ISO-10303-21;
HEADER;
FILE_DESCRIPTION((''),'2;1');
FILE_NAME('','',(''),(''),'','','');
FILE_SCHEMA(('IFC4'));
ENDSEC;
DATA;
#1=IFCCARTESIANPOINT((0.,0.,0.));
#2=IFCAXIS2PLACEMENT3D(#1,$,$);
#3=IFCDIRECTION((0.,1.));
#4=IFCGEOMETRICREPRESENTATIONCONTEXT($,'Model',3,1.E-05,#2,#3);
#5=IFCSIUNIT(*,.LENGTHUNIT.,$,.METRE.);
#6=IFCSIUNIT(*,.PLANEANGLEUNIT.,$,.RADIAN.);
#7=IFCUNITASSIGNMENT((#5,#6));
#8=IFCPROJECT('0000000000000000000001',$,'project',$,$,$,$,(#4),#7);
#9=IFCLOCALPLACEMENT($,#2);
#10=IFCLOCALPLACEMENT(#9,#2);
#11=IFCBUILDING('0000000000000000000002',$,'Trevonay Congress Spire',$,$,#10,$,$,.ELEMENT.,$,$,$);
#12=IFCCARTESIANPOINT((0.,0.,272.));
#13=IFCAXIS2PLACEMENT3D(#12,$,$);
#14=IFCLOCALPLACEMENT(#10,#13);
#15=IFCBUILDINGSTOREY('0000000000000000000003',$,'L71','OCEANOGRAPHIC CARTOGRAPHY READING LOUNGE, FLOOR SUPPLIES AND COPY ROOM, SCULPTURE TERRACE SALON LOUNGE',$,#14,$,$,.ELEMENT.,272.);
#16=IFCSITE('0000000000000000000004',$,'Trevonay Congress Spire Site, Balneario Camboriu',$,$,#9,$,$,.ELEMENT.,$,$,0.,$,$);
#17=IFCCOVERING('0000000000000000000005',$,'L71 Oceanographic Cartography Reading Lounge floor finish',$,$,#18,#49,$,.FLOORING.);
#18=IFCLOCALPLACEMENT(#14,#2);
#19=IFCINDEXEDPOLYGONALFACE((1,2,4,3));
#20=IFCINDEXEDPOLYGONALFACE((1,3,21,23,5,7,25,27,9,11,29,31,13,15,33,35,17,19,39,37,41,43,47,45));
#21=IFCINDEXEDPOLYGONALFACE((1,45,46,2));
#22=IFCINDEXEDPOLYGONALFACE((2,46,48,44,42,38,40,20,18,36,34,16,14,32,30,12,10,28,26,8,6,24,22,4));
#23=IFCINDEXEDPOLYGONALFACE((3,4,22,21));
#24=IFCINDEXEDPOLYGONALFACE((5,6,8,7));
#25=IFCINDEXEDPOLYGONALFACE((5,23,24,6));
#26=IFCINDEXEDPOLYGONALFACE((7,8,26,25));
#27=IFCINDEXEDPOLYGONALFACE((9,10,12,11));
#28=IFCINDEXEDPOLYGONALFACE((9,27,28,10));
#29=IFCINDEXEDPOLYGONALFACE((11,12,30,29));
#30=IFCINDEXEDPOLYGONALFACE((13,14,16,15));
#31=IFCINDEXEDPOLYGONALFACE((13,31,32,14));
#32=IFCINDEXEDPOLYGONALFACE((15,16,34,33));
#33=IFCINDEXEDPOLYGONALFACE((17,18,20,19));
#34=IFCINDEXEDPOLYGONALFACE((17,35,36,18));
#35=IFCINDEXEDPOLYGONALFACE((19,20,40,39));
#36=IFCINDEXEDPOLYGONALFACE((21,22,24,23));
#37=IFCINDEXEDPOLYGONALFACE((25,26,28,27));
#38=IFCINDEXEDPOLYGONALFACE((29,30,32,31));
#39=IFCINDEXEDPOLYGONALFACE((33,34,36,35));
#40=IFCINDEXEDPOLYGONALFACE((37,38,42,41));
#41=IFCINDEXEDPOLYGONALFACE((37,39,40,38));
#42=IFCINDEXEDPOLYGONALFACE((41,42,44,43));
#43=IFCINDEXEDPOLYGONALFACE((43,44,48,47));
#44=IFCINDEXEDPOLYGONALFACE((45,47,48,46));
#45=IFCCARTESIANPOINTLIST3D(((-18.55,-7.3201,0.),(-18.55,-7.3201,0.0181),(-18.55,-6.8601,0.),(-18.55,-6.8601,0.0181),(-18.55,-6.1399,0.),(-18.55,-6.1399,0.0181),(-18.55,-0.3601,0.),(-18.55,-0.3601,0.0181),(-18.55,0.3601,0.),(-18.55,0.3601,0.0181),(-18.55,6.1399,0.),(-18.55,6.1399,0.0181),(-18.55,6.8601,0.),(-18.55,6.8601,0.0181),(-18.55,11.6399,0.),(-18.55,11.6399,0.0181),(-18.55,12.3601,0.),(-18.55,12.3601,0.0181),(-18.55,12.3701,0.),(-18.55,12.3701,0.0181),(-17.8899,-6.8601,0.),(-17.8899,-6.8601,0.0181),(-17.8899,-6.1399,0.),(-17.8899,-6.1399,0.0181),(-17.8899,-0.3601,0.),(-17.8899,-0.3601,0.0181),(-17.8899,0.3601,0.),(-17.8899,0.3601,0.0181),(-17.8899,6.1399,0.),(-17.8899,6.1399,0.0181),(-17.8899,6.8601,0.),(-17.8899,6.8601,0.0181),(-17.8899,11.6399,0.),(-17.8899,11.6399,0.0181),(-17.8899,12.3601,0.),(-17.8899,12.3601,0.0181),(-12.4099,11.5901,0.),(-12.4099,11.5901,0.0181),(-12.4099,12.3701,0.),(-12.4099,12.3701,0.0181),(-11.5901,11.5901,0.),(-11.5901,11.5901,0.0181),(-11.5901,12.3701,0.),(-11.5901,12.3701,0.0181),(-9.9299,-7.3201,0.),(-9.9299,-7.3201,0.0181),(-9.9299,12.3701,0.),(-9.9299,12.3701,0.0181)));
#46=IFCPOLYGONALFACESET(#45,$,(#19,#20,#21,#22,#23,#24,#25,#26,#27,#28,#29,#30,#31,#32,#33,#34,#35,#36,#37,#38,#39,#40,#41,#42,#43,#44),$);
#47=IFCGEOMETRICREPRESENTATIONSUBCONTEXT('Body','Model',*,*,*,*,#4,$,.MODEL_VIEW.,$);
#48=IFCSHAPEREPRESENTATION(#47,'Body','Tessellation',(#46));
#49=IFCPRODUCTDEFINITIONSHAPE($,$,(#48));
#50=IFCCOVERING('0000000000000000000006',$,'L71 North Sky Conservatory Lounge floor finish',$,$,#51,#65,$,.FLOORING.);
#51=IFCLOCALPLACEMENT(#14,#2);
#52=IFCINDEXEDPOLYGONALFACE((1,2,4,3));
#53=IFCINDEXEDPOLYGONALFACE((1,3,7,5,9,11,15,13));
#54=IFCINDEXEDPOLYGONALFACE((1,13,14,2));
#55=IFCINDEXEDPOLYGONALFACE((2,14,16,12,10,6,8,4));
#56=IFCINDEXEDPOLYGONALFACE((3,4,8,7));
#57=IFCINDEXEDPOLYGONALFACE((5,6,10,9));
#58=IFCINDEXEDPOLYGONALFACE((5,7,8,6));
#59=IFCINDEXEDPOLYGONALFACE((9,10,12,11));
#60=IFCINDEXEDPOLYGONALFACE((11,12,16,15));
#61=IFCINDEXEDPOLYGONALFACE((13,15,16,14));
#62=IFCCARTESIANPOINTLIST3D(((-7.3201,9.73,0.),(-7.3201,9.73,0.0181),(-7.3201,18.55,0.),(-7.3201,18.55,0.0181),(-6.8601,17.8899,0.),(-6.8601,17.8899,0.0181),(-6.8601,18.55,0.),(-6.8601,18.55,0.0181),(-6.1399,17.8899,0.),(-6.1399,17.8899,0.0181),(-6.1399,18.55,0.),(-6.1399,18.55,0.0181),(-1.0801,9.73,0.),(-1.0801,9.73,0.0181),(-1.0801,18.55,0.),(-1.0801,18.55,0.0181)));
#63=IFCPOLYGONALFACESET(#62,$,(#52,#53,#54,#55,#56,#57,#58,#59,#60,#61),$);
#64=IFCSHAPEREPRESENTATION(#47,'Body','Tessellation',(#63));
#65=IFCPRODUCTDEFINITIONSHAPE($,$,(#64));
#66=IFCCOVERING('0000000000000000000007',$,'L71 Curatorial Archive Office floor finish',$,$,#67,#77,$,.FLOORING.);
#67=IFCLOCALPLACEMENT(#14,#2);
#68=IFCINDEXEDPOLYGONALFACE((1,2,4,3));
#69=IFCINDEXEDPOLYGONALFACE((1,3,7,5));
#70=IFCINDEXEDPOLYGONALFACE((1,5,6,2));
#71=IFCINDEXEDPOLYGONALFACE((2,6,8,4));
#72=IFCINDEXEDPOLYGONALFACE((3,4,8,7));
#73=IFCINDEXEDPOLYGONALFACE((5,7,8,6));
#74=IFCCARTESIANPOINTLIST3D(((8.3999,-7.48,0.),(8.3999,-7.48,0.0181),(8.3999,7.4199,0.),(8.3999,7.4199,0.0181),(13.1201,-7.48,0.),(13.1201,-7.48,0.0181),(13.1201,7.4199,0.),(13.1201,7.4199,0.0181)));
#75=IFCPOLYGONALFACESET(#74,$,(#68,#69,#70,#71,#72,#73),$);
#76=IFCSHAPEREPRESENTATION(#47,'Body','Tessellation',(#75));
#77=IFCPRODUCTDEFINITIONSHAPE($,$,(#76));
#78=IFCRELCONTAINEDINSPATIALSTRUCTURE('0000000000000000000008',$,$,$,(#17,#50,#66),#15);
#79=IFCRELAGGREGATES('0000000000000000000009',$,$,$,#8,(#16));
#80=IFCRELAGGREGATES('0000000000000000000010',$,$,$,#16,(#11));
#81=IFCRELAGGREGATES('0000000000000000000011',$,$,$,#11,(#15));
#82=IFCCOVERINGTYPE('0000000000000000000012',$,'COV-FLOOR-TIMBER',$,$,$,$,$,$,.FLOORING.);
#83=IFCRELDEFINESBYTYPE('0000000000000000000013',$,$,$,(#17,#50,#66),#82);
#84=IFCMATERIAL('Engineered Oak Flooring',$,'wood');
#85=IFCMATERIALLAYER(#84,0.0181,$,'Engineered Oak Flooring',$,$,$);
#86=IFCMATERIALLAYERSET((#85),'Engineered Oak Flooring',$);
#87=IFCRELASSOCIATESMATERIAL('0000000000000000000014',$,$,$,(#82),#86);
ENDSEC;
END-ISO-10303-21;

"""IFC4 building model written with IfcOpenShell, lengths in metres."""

from ifc_helpers import new_model, si_unit, direction, frame, origin, place, context, subcontext, project, spatial, polyline, outline, extrude, material, layer, layer_set, type_object, element, save


model = new_model("IFC4")

# Units and contexts
model_context = context("Model", 3, precision=1e-05, world=origin(), true_north=direction((0.0, 1.0)))
body_context = subcontext(model_context, "Body", "Model", "MODEL_VIEW")
ifc_project = project(units=[si_unit("LENGTHUNIT", "METRE"), si_unit("PLANEANGLEUNIT", "RADIAN")], contexts=[model_context])

# Site, building, storey
site_placement = place(None, origin())
site = spatial("IfcSite", under=ifc_project, at=site_placement, Name="Trevonay Congress Spire Site, Balneario Camboriu", CompositionType="ELEMENT", RefElevation=0.0)
building_placement = place(site_placement, origin())
building = spatial("IfcBuilding", under=site, at=building_placement, Name="Trevonay Congress Spire", CompositionType="ELEMENT")
storey_placement = place(building_placement, frame((0.0, 0.0, 272.0)))
storey = spatial("IfcBuildingStorey", under=building, at=storey_placement, Name="L71", Description="OCEANOGRAPHIC CARTOGRAPHY READING LOUNGE, FLOOR SUPPLIES AND COPY ROOM, SCULPTURE TERRACE SALON LOUNGE", CompositionType="ELEMENT", Elevation=272.0)

# Coverings
ifc_material_1 = material(Name="Engineered Oak Flooring", Category="wood")
ifc_layer_1 = layer(ifc_material_1, 0.0181, Name="Engineered Oak Flooring")
ifc_layer_set_1 = layer_set([ifc_layer_1], Name="Engineered Oak Flooring")
covering_type_1 = type_object("IfcCoveringType", Name="COV-FLOOR-TIMBER", PredefinedType="FLOORING", material=ifc_layer_set_1)
covering_1_placement = place(storey_placement, origin())
element("IfcCovering", 1, at=covering_1_placement, inside=storey, type_object=covering_type_1, Name="L71 Oceanographic Cartography Reading Lounge floor finish", PredefinedType="FLOORING", context=body_context, shape_type="SweptSolid", body=[
    extrude(outline(polyline([(-9.9299, 12.3701), (-9.9299, -7.3201), (-18.55, -7.3201), (-18.55, -6.8601), (-17.8899, -6.8601), (-17.8899, -6.1399), (-18.55, -6.1399), (-18.55, -0.3601), (-17.8899, -0.3601), (-17.8899, 0.3601), (-18.55, 0.3601), (-18.55, 6.1399), (-17.8899, 6.1399), (-17.8899, 6.8601), (-18.55, 6.8601), (-18.55, 11.6399), (-17.8899, 11.6399), (-17.8899, 12.3601), (-18.55, 12.3601), (-18.55, 12.3701), (-12.4099, 12.3701), (-12.4099, 11.5901), (-11.5901, 11.5901), (-11.5901, 12.3701), (-9.9299, 12.3701)])), origin(), (0.0, 0.0, 1.0), 0.0181),
])
covering_2_placement = place(storey_placement, origin())
element("IfcCovering", 2, at=covering_2_placement, inside=storey, type_object=covering_type_1, Name="L71 North Sky Conservatory Lounge floor finish", PredefinedType="FLOORING", context=body_context, shape_type="SweptSolid", body=[
    extrude(outline(polyline([(-1.0801, 18.55), (-1.0801, 9.73), (-7.3201, 9.73), (-7.3201, 18.55), (-6.8601, 18.55), (-6.8601, 17.8899), (-6.1399, 17.8899), (-6.1399, 18.55), (-1.0801, 18.55)])), origin(), (0.0, 0.0, 1.0), 0.0181),
])
covering_3_placement = place(storey_placement, origin())
element("IfcCovering", 3, at=covering_3_placement, inside=storey, type_object=covering_type_1, Name="L71 Curatorial Archive Office floor finish", PredefinedType="FLOORING", context=body_context, shape_type="SweptSolid", body=[
    extrude(outline(polyline([(8.3999, -7.48), (13.1201, -7.48), (13.1201, 7.4199), (8.3999, 7.4199), (8.3999, -7.48)])), origin(), (0.0, 0.0, 1.0), 0.0181),
])

save(model, "model.ifc")
